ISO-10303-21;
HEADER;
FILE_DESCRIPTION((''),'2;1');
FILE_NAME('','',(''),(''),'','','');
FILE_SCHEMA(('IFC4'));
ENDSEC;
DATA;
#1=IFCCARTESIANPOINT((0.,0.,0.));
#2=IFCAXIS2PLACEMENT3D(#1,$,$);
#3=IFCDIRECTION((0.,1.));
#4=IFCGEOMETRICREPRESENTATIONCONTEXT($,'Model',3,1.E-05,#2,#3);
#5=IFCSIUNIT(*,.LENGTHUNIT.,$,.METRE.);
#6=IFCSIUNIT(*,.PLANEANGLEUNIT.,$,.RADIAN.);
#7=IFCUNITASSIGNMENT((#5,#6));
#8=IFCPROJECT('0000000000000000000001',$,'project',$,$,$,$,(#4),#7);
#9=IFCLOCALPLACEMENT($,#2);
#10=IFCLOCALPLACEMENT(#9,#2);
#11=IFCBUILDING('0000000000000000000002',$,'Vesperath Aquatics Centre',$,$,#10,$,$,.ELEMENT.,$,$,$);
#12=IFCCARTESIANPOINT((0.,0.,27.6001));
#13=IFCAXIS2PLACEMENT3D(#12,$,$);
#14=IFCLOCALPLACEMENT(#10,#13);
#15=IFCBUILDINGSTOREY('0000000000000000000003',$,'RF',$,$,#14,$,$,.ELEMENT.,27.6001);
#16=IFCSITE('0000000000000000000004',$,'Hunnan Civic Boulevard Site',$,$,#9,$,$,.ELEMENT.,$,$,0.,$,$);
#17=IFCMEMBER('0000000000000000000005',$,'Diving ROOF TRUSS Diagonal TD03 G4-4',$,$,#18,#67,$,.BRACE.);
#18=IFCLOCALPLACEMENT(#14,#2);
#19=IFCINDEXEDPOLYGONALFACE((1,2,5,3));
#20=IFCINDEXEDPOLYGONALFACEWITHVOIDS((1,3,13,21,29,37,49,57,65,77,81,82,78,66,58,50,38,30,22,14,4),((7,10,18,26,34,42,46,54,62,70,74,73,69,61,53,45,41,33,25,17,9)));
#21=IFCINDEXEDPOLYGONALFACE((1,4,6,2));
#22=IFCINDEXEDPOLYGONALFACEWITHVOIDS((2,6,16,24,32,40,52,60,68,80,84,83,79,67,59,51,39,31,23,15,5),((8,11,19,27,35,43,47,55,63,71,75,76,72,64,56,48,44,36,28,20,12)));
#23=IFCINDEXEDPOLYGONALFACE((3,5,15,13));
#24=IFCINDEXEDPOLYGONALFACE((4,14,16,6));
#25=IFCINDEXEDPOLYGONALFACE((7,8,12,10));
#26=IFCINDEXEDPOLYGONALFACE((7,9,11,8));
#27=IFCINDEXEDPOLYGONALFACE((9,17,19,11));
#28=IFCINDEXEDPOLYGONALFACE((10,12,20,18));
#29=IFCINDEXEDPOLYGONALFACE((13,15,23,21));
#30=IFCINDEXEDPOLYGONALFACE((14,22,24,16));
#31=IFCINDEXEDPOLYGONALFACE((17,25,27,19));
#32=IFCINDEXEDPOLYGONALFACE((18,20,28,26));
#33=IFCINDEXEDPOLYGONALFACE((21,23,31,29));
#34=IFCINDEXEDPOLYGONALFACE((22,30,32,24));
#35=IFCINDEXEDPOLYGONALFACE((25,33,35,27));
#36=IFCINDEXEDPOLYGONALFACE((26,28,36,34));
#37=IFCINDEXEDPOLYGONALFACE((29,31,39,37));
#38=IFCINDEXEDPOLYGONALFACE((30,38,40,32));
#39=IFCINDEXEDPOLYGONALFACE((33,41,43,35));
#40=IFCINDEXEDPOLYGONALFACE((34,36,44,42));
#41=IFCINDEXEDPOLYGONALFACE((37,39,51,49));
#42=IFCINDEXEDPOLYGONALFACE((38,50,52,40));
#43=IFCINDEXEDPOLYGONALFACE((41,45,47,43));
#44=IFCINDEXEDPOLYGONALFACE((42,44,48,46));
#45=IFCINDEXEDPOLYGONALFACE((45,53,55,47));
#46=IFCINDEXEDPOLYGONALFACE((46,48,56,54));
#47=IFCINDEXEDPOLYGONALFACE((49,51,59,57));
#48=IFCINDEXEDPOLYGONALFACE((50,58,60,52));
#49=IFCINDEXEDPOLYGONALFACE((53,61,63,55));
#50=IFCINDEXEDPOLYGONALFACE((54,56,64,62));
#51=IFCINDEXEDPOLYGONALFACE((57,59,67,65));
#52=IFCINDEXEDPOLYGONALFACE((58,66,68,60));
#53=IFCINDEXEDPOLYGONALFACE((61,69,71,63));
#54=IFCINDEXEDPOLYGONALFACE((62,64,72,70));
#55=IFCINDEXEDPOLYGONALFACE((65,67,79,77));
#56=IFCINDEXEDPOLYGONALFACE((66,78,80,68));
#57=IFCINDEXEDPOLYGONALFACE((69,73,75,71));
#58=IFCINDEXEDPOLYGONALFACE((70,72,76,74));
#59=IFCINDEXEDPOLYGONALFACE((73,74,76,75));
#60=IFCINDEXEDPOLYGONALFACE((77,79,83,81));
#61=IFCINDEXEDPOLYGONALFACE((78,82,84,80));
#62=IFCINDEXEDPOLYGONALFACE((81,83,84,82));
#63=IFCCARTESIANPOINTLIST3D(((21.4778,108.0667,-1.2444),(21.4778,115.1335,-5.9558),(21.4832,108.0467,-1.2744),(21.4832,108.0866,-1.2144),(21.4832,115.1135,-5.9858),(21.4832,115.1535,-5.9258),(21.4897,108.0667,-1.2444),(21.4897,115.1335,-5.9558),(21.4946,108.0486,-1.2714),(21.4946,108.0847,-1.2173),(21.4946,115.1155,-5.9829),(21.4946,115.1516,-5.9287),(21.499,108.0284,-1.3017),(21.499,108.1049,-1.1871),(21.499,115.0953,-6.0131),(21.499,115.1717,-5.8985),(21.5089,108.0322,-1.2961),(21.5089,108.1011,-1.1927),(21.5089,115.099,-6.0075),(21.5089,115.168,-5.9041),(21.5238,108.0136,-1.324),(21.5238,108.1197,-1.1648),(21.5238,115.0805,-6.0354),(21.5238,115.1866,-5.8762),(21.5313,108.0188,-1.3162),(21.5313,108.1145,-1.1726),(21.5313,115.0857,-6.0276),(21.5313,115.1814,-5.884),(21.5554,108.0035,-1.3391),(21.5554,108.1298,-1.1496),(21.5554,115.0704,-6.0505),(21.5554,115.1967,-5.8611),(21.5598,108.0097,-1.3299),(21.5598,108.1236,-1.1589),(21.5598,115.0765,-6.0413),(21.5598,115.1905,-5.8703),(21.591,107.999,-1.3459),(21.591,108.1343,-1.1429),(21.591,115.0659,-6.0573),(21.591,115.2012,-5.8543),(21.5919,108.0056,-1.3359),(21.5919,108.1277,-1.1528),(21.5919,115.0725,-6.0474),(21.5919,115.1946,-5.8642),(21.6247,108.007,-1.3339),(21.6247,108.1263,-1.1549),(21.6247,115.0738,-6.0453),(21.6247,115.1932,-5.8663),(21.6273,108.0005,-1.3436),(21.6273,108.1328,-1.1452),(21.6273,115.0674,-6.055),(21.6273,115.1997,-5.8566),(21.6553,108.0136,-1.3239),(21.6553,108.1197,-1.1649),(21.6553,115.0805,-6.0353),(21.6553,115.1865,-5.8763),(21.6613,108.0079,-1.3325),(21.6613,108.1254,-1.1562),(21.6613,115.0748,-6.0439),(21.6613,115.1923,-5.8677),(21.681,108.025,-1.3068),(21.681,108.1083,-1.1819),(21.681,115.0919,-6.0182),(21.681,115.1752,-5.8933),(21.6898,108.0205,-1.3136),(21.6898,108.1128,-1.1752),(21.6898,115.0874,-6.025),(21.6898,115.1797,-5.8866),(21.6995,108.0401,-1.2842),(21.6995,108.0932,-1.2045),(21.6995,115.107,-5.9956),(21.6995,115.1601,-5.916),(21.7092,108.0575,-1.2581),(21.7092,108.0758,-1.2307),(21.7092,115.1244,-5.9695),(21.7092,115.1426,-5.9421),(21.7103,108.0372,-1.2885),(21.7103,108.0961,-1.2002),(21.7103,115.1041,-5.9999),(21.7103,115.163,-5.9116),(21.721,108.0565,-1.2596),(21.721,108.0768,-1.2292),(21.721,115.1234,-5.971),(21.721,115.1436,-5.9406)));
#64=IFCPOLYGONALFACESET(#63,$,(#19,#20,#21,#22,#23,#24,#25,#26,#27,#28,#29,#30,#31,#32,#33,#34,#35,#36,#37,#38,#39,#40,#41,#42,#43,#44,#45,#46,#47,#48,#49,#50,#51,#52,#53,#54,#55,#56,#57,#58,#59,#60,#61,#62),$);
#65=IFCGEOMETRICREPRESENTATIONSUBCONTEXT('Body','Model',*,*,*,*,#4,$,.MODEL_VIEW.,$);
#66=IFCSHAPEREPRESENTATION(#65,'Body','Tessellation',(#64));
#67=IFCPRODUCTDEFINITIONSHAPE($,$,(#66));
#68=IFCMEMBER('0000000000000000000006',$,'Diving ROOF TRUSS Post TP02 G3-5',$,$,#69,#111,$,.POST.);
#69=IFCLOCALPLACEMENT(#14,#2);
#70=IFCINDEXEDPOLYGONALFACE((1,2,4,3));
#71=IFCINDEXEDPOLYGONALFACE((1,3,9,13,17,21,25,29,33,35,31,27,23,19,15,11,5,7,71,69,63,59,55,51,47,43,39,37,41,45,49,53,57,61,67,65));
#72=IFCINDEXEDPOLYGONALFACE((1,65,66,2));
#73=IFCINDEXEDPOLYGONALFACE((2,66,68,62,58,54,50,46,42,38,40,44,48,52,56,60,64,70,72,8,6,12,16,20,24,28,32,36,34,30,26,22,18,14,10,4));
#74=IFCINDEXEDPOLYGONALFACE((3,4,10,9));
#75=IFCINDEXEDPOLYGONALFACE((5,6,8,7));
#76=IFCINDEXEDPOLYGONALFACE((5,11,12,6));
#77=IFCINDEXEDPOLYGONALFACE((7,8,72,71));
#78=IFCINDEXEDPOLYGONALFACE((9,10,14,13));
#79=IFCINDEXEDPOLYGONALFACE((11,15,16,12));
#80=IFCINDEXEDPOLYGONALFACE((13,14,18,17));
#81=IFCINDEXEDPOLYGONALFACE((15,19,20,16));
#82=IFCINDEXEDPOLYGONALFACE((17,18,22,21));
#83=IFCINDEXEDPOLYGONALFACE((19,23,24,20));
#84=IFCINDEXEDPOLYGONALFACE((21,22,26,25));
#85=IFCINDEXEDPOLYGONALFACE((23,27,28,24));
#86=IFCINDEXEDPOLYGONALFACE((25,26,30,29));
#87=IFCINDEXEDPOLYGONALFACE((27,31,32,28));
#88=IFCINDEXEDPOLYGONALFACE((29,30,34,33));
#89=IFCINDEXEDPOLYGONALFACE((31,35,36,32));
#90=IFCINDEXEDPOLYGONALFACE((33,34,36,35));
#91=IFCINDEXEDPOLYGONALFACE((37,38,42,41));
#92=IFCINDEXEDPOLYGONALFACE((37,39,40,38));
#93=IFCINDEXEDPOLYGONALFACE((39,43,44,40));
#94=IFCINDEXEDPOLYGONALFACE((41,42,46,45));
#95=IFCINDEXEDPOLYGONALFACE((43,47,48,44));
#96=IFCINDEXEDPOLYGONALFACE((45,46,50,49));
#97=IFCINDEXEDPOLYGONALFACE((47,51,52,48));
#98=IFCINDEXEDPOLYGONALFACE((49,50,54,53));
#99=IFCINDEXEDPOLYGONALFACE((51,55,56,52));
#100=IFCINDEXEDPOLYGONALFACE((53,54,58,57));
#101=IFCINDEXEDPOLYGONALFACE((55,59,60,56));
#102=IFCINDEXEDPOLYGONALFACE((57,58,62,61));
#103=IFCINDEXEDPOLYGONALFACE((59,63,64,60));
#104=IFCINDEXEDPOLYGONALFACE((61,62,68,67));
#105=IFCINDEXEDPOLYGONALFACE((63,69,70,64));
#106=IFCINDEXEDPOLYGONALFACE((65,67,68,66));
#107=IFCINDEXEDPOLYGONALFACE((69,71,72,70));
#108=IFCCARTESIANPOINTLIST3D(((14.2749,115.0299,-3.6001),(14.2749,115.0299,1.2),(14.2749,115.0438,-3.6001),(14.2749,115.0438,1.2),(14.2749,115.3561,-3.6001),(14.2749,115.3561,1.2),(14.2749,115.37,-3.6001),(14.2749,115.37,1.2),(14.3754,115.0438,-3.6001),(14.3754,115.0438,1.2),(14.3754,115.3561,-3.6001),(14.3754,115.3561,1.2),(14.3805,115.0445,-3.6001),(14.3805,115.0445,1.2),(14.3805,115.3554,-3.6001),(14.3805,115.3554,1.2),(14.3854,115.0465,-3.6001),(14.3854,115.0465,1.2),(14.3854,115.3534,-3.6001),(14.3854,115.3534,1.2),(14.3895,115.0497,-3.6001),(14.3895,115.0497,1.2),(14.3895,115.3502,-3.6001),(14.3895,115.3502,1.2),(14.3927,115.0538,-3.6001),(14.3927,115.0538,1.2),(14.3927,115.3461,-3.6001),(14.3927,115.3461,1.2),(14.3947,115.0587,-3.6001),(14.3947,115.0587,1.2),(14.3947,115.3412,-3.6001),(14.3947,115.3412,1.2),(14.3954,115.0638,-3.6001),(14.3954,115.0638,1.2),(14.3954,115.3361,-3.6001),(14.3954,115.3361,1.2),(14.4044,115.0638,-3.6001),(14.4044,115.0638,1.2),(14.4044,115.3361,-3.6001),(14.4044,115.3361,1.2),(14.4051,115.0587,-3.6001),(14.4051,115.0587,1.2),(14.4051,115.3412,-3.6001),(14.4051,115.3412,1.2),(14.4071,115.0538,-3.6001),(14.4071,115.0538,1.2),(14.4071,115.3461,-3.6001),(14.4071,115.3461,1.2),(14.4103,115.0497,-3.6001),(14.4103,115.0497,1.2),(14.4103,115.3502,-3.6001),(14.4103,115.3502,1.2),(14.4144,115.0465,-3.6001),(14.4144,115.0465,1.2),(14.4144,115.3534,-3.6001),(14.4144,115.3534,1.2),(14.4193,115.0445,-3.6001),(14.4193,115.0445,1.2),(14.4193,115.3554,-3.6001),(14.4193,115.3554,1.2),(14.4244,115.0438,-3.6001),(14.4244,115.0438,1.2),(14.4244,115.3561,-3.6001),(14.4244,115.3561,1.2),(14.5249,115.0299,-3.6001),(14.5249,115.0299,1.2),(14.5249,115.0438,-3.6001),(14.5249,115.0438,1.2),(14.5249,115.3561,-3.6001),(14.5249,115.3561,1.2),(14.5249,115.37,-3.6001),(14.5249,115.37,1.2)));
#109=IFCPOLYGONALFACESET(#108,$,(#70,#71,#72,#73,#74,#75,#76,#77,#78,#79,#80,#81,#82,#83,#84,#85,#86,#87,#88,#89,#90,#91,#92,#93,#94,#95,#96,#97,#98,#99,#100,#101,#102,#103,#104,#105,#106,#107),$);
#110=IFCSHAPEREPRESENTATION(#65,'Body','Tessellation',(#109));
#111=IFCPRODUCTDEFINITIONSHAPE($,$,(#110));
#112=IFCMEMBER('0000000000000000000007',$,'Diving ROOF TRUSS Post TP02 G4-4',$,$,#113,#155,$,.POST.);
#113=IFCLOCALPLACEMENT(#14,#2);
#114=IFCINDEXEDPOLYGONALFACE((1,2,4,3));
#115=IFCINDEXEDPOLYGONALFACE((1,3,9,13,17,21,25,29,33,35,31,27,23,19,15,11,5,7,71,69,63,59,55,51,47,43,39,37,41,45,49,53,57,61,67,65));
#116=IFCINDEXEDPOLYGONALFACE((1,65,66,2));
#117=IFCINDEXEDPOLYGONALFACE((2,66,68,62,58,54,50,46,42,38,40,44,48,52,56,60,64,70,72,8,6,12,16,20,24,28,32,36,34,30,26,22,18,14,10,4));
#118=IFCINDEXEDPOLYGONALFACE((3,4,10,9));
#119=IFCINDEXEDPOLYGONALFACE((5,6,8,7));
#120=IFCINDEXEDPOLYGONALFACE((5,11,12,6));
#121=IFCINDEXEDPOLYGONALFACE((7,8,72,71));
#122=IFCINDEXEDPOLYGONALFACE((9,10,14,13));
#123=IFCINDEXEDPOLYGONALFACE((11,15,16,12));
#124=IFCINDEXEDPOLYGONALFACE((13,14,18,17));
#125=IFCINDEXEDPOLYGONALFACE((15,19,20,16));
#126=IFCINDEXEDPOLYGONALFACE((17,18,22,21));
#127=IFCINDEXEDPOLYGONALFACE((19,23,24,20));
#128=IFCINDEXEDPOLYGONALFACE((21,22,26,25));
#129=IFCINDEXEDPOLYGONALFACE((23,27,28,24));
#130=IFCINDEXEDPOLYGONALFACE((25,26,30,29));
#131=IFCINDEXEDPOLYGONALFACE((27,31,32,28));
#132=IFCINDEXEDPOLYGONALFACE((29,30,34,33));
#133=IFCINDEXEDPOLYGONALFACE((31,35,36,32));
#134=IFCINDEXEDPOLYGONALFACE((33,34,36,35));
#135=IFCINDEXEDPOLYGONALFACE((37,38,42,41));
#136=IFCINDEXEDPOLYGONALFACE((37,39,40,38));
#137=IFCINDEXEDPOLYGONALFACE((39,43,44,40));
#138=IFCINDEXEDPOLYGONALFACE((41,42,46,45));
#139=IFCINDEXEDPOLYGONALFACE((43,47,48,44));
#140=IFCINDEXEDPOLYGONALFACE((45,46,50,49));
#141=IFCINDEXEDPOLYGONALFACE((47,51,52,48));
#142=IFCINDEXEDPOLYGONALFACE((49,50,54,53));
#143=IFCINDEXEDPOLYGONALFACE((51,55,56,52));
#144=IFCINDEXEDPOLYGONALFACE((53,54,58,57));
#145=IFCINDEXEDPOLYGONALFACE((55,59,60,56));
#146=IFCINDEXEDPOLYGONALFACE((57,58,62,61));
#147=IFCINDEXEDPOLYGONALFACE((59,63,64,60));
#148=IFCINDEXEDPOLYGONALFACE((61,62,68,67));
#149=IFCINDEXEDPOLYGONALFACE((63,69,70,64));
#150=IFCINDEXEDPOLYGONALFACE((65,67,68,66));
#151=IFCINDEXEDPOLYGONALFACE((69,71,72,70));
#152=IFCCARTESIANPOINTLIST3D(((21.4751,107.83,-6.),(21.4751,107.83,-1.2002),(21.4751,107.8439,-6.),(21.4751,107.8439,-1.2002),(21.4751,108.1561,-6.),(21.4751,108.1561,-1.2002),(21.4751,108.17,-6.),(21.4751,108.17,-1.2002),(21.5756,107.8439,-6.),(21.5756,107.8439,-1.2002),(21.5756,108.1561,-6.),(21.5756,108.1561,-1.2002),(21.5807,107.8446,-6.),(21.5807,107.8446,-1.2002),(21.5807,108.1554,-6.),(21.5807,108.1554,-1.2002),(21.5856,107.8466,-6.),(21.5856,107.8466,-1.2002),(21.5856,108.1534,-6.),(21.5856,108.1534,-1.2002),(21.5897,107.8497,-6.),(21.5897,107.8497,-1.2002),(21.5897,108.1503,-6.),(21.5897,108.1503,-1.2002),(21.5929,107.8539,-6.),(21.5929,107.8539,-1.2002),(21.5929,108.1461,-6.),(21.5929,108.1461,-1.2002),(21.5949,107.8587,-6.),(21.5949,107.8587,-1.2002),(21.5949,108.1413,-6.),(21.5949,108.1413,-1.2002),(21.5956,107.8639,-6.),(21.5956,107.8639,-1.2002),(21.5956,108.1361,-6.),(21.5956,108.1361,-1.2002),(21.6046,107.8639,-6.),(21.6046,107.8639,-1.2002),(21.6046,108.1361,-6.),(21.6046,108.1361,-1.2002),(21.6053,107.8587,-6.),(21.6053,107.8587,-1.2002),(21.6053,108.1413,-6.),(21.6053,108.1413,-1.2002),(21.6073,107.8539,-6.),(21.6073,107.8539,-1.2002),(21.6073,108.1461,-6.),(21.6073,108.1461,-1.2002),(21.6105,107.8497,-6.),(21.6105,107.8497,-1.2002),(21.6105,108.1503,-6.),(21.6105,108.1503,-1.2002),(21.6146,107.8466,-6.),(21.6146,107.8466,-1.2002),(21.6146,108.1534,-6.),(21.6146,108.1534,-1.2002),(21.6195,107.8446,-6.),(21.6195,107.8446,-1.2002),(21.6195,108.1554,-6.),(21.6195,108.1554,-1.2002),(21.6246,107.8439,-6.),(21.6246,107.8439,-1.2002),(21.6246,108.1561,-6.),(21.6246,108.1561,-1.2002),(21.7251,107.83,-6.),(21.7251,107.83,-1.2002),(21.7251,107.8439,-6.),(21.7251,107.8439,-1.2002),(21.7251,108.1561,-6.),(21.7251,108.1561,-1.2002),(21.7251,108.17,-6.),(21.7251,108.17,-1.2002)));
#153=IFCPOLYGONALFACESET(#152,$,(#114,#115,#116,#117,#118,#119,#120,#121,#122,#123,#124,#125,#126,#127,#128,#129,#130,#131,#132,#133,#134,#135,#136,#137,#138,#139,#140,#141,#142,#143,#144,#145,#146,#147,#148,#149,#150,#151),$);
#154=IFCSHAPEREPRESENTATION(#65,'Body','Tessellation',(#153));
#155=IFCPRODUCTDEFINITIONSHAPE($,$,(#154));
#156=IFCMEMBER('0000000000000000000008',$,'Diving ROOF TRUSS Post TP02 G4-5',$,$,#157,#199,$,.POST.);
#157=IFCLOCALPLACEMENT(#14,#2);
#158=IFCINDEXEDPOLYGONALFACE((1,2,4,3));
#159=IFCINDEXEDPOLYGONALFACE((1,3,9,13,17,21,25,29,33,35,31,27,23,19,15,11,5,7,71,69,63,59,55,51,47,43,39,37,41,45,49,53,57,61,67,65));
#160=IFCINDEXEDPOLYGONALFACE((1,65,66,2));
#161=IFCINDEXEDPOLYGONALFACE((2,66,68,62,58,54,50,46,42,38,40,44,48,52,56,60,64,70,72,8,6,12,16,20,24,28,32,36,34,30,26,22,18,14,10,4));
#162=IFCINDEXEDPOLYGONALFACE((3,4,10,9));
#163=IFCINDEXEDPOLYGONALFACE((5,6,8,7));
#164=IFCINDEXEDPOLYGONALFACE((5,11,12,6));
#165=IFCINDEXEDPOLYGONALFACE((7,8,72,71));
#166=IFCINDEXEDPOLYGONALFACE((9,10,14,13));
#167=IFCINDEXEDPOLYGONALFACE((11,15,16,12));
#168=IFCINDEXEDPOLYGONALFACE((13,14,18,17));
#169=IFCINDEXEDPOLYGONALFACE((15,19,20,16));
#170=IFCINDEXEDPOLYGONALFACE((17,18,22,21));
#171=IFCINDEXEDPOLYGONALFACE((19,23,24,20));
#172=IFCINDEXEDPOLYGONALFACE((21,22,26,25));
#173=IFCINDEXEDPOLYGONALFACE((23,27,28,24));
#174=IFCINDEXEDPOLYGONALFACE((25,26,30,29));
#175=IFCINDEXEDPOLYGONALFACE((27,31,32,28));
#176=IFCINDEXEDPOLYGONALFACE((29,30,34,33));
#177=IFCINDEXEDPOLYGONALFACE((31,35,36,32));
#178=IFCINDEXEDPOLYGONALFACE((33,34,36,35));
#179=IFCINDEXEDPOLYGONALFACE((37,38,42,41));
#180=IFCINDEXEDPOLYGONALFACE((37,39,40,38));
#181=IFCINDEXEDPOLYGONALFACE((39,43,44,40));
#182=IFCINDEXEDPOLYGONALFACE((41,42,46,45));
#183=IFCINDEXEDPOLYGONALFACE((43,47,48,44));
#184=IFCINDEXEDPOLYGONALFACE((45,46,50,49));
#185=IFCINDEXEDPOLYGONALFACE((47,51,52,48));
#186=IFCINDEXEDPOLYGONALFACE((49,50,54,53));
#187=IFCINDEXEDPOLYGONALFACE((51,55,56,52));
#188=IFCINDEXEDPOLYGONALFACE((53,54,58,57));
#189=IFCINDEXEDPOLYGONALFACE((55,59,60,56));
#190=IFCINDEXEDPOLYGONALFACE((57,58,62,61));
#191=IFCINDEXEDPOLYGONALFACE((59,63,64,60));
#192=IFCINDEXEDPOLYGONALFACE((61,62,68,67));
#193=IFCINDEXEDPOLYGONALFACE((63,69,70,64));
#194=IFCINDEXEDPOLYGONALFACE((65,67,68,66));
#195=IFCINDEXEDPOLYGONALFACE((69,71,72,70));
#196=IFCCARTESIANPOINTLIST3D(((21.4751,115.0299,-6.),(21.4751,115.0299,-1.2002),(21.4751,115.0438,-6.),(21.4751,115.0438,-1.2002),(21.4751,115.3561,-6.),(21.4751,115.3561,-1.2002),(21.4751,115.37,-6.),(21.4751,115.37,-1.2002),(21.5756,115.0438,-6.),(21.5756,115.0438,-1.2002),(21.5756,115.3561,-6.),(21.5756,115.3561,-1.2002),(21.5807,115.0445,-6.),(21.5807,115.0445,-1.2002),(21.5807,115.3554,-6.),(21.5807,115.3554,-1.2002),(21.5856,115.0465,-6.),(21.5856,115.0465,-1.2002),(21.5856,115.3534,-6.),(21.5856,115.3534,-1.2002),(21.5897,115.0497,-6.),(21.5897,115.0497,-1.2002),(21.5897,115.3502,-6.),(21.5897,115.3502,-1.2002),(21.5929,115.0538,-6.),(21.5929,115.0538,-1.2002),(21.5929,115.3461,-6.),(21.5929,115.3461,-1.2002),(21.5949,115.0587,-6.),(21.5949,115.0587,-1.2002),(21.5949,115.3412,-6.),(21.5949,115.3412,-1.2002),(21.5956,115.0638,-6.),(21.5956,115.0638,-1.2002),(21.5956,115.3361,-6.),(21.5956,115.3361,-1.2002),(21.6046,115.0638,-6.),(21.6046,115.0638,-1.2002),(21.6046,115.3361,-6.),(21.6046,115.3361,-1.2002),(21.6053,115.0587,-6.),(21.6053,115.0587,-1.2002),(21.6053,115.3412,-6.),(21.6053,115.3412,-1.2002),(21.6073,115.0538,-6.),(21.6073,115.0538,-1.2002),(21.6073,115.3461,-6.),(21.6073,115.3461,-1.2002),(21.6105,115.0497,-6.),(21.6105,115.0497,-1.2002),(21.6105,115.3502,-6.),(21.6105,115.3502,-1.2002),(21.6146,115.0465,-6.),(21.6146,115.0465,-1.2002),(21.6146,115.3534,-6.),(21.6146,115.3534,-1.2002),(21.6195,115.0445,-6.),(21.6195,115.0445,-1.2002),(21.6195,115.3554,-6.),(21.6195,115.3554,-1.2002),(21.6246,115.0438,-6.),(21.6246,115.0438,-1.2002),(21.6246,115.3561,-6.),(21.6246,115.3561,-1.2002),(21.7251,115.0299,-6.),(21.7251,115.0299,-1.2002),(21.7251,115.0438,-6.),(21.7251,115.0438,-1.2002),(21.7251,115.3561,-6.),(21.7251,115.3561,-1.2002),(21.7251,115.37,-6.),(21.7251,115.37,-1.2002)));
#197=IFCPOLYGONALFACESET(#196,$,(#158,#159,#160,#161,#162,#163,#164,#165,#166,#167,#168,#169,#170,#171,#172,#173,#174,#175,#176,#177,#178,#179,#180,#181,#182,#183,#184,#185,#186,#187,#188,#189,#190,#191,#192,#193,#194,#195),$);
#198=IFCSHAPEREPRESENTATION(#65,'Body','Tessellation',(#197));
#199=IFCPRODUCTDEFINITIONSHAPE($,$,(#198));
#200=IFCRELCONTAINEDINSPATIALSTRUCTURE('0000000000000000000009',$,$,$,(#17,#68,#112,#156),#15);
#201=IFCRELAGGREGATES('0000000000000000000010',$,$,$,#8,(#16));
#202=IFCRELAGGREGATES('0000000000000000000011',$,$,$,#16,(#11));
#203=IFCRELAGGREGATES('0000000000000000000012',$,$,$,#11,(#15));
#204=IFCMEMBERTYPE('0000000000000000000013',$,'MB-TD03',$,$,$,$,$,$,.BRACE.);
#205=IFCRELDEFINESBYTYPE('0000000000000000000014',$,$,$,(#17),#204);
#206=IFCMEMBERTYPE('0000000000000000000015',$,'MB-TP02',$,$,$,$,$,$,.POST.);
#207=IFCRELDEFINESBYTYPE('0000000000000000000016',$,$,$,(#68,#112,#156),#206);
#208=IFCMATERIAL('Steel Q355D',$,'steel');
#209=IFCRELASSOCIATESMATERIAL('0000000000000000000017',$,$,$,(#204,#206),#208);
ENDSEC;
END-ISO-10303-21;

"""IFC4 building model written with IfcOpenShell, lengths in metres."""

from ifc_helpers import new_model, si_unit, direction, frame, origin, origin_2d, place, context, subcontext, project, spatial, hollow_circle, i_section, extrude, material, material_profile, profile_set, type_object, element, save


model = new_model("IFC4")

# Units and contexts
model_context = context("Model", 3, precision=1e-05, world=origin(), true_north=direction((0.0, 1.0)))
body_context = subcontext(model_context, "Body", "Model", "MODEL_VIEW")
ifc_project = project(units=[si_unit("LENGTHUNIT", "METRE"), si_unit("PLANEANGLEUNIT", "RADIAN")], contexts=[model_context])

# Site, building, storey
site_placement = place(None, origin())
site = spatial("IfcSite", under=ifc_project, at=site_placement, Name="Hunnan Civic Boulevard Site", CompositionType="ELEMENT", RefElevation=0.0)
building_placement = place(site_placement, origin())
building = spatial("IfcBuilding", under=site, at=building_placement, Name="Vesperath Aquatics Centre", CompositionType="ELEMENT")
storey_placement = place(building_placement, frame((0.0, 0.0, 27.6001)))
storey = spatial("IfcBuildingStorey", under=building, at=storey_placement, Name="RF", CompositionType="ELEMENT", Elevation=27.6001)

# Members
ifc_material_1 = material(Name="Steel Q355D", Category="steel")
ifc_material_profile_1 = material_profile(ifc_material_1, hollow_circle(Radius=0.1223, WallThickness=0.012, at=origin_2d()), Name="CHS 244.5x12")
ifc_profile_set_1 = profile_set([ifc_material_profile_1], Name="Steel Q355D")
member_type_1 = type_object("IfcMemberType", Name="MB-TD03", PredefinedType="BRACE", material=ifc_profile_set_1)
for number, where, z_axis, x_axis, name in (
    (1, (21.6001, 108.0667, -1.2444), (0.0, 0.832041, -0.554713), (-1.0, 0.0, 0.0), "Diving ROOF TRUSS Diagonal TD03 G4-4"),
):
    element("IfcMember", number, at=place(storey_placement, frame(where, z_axis=z_axis, x_axis=x_axis)), inside=storey, type_object=member_type_1, Name=name, PredefinedType="BRACE", context=body_context, shape_type="SweptSolid", body=[
        extrude(hollow_circle(Radius=0.1223, WallThickness=0.012, at=origin_2d()), origin(), (0.0, 0.0, 1.0), 8.4934),
    ])
ifc_material_profile_2 = material_profile(ifc_material_1, i_section(OverallWidth=0.25, OverallDepth=0.3401, WebThickness=0.009, FlangeThickness=0.0139, FilletRadius=0.02, at=origin_2d()), Name="HM 340x250x9x14")
ifc_profile_set_2 = profile_set([ifc_material_profile_2], Name="Steel Q355D")
member_type_2 = type_object("IfcMemberType", Name="MB-TP02", PredefinedType="POST", material=ifc_profile_set_2)
member_1_placement = place(storey_placement, frame((14.3999, 115.2, -3.6001), z_axis=(0.0, 0.0, 1.0), x_axis=(1.0, 0.0, 0.0)))
element("IfcMember", 2, at=member_1_placement, inside=storey, type_object=member_type_2, Name="Diving ROOF TRUSS Post TP02 G3-5", PredefinedType="POST", context=body_context, shape_type="SweptSolid", body=[
    extrude(i_section(OverallWidth=0.25, OverallDepth=0.3401, WebThickness=0.009, FlangeThickness=0.0139, FilletRadius=0.02, at=origin_2d()), origin(), (0.0, 0.0, 1.0), 4.8),
])
for number, where, z_axis, x_axis, name in (
    (3, (21.6001, 108.0, -6.0), (0.0, 0.0, 1.0), (1.0, 0.0, 0.0), "Diving ROOF TRUSS Post TP02 G4-4"),
    (4, (21.6001, 115.2, -6.0), (0.0, 0.0, 1.0), (1.0, 0.0, 0.0), "Diving ROOF TRUSS Post TP02 G4-5"),
):
    element("IfcMember", number, at=place(storey_placement, frame(where, z_axis=z_axis, x_axis=x_axis)), inside=storey, type_object=member_type_2, Name=name, PredefinedType="POST", context=body_context, shape_type="SweptSolid", body=[
        extrude(i_section(OverallWidth=0.25, OverallDepth=0.3401, WebThickness=0.009, FlangeThickness=0.0139, FilletRadius=0.02, at=origin_2d()), origin(), (0.0, 0.0, 1.0), 4.7998),
    ])

save(model, "model.ifc")
